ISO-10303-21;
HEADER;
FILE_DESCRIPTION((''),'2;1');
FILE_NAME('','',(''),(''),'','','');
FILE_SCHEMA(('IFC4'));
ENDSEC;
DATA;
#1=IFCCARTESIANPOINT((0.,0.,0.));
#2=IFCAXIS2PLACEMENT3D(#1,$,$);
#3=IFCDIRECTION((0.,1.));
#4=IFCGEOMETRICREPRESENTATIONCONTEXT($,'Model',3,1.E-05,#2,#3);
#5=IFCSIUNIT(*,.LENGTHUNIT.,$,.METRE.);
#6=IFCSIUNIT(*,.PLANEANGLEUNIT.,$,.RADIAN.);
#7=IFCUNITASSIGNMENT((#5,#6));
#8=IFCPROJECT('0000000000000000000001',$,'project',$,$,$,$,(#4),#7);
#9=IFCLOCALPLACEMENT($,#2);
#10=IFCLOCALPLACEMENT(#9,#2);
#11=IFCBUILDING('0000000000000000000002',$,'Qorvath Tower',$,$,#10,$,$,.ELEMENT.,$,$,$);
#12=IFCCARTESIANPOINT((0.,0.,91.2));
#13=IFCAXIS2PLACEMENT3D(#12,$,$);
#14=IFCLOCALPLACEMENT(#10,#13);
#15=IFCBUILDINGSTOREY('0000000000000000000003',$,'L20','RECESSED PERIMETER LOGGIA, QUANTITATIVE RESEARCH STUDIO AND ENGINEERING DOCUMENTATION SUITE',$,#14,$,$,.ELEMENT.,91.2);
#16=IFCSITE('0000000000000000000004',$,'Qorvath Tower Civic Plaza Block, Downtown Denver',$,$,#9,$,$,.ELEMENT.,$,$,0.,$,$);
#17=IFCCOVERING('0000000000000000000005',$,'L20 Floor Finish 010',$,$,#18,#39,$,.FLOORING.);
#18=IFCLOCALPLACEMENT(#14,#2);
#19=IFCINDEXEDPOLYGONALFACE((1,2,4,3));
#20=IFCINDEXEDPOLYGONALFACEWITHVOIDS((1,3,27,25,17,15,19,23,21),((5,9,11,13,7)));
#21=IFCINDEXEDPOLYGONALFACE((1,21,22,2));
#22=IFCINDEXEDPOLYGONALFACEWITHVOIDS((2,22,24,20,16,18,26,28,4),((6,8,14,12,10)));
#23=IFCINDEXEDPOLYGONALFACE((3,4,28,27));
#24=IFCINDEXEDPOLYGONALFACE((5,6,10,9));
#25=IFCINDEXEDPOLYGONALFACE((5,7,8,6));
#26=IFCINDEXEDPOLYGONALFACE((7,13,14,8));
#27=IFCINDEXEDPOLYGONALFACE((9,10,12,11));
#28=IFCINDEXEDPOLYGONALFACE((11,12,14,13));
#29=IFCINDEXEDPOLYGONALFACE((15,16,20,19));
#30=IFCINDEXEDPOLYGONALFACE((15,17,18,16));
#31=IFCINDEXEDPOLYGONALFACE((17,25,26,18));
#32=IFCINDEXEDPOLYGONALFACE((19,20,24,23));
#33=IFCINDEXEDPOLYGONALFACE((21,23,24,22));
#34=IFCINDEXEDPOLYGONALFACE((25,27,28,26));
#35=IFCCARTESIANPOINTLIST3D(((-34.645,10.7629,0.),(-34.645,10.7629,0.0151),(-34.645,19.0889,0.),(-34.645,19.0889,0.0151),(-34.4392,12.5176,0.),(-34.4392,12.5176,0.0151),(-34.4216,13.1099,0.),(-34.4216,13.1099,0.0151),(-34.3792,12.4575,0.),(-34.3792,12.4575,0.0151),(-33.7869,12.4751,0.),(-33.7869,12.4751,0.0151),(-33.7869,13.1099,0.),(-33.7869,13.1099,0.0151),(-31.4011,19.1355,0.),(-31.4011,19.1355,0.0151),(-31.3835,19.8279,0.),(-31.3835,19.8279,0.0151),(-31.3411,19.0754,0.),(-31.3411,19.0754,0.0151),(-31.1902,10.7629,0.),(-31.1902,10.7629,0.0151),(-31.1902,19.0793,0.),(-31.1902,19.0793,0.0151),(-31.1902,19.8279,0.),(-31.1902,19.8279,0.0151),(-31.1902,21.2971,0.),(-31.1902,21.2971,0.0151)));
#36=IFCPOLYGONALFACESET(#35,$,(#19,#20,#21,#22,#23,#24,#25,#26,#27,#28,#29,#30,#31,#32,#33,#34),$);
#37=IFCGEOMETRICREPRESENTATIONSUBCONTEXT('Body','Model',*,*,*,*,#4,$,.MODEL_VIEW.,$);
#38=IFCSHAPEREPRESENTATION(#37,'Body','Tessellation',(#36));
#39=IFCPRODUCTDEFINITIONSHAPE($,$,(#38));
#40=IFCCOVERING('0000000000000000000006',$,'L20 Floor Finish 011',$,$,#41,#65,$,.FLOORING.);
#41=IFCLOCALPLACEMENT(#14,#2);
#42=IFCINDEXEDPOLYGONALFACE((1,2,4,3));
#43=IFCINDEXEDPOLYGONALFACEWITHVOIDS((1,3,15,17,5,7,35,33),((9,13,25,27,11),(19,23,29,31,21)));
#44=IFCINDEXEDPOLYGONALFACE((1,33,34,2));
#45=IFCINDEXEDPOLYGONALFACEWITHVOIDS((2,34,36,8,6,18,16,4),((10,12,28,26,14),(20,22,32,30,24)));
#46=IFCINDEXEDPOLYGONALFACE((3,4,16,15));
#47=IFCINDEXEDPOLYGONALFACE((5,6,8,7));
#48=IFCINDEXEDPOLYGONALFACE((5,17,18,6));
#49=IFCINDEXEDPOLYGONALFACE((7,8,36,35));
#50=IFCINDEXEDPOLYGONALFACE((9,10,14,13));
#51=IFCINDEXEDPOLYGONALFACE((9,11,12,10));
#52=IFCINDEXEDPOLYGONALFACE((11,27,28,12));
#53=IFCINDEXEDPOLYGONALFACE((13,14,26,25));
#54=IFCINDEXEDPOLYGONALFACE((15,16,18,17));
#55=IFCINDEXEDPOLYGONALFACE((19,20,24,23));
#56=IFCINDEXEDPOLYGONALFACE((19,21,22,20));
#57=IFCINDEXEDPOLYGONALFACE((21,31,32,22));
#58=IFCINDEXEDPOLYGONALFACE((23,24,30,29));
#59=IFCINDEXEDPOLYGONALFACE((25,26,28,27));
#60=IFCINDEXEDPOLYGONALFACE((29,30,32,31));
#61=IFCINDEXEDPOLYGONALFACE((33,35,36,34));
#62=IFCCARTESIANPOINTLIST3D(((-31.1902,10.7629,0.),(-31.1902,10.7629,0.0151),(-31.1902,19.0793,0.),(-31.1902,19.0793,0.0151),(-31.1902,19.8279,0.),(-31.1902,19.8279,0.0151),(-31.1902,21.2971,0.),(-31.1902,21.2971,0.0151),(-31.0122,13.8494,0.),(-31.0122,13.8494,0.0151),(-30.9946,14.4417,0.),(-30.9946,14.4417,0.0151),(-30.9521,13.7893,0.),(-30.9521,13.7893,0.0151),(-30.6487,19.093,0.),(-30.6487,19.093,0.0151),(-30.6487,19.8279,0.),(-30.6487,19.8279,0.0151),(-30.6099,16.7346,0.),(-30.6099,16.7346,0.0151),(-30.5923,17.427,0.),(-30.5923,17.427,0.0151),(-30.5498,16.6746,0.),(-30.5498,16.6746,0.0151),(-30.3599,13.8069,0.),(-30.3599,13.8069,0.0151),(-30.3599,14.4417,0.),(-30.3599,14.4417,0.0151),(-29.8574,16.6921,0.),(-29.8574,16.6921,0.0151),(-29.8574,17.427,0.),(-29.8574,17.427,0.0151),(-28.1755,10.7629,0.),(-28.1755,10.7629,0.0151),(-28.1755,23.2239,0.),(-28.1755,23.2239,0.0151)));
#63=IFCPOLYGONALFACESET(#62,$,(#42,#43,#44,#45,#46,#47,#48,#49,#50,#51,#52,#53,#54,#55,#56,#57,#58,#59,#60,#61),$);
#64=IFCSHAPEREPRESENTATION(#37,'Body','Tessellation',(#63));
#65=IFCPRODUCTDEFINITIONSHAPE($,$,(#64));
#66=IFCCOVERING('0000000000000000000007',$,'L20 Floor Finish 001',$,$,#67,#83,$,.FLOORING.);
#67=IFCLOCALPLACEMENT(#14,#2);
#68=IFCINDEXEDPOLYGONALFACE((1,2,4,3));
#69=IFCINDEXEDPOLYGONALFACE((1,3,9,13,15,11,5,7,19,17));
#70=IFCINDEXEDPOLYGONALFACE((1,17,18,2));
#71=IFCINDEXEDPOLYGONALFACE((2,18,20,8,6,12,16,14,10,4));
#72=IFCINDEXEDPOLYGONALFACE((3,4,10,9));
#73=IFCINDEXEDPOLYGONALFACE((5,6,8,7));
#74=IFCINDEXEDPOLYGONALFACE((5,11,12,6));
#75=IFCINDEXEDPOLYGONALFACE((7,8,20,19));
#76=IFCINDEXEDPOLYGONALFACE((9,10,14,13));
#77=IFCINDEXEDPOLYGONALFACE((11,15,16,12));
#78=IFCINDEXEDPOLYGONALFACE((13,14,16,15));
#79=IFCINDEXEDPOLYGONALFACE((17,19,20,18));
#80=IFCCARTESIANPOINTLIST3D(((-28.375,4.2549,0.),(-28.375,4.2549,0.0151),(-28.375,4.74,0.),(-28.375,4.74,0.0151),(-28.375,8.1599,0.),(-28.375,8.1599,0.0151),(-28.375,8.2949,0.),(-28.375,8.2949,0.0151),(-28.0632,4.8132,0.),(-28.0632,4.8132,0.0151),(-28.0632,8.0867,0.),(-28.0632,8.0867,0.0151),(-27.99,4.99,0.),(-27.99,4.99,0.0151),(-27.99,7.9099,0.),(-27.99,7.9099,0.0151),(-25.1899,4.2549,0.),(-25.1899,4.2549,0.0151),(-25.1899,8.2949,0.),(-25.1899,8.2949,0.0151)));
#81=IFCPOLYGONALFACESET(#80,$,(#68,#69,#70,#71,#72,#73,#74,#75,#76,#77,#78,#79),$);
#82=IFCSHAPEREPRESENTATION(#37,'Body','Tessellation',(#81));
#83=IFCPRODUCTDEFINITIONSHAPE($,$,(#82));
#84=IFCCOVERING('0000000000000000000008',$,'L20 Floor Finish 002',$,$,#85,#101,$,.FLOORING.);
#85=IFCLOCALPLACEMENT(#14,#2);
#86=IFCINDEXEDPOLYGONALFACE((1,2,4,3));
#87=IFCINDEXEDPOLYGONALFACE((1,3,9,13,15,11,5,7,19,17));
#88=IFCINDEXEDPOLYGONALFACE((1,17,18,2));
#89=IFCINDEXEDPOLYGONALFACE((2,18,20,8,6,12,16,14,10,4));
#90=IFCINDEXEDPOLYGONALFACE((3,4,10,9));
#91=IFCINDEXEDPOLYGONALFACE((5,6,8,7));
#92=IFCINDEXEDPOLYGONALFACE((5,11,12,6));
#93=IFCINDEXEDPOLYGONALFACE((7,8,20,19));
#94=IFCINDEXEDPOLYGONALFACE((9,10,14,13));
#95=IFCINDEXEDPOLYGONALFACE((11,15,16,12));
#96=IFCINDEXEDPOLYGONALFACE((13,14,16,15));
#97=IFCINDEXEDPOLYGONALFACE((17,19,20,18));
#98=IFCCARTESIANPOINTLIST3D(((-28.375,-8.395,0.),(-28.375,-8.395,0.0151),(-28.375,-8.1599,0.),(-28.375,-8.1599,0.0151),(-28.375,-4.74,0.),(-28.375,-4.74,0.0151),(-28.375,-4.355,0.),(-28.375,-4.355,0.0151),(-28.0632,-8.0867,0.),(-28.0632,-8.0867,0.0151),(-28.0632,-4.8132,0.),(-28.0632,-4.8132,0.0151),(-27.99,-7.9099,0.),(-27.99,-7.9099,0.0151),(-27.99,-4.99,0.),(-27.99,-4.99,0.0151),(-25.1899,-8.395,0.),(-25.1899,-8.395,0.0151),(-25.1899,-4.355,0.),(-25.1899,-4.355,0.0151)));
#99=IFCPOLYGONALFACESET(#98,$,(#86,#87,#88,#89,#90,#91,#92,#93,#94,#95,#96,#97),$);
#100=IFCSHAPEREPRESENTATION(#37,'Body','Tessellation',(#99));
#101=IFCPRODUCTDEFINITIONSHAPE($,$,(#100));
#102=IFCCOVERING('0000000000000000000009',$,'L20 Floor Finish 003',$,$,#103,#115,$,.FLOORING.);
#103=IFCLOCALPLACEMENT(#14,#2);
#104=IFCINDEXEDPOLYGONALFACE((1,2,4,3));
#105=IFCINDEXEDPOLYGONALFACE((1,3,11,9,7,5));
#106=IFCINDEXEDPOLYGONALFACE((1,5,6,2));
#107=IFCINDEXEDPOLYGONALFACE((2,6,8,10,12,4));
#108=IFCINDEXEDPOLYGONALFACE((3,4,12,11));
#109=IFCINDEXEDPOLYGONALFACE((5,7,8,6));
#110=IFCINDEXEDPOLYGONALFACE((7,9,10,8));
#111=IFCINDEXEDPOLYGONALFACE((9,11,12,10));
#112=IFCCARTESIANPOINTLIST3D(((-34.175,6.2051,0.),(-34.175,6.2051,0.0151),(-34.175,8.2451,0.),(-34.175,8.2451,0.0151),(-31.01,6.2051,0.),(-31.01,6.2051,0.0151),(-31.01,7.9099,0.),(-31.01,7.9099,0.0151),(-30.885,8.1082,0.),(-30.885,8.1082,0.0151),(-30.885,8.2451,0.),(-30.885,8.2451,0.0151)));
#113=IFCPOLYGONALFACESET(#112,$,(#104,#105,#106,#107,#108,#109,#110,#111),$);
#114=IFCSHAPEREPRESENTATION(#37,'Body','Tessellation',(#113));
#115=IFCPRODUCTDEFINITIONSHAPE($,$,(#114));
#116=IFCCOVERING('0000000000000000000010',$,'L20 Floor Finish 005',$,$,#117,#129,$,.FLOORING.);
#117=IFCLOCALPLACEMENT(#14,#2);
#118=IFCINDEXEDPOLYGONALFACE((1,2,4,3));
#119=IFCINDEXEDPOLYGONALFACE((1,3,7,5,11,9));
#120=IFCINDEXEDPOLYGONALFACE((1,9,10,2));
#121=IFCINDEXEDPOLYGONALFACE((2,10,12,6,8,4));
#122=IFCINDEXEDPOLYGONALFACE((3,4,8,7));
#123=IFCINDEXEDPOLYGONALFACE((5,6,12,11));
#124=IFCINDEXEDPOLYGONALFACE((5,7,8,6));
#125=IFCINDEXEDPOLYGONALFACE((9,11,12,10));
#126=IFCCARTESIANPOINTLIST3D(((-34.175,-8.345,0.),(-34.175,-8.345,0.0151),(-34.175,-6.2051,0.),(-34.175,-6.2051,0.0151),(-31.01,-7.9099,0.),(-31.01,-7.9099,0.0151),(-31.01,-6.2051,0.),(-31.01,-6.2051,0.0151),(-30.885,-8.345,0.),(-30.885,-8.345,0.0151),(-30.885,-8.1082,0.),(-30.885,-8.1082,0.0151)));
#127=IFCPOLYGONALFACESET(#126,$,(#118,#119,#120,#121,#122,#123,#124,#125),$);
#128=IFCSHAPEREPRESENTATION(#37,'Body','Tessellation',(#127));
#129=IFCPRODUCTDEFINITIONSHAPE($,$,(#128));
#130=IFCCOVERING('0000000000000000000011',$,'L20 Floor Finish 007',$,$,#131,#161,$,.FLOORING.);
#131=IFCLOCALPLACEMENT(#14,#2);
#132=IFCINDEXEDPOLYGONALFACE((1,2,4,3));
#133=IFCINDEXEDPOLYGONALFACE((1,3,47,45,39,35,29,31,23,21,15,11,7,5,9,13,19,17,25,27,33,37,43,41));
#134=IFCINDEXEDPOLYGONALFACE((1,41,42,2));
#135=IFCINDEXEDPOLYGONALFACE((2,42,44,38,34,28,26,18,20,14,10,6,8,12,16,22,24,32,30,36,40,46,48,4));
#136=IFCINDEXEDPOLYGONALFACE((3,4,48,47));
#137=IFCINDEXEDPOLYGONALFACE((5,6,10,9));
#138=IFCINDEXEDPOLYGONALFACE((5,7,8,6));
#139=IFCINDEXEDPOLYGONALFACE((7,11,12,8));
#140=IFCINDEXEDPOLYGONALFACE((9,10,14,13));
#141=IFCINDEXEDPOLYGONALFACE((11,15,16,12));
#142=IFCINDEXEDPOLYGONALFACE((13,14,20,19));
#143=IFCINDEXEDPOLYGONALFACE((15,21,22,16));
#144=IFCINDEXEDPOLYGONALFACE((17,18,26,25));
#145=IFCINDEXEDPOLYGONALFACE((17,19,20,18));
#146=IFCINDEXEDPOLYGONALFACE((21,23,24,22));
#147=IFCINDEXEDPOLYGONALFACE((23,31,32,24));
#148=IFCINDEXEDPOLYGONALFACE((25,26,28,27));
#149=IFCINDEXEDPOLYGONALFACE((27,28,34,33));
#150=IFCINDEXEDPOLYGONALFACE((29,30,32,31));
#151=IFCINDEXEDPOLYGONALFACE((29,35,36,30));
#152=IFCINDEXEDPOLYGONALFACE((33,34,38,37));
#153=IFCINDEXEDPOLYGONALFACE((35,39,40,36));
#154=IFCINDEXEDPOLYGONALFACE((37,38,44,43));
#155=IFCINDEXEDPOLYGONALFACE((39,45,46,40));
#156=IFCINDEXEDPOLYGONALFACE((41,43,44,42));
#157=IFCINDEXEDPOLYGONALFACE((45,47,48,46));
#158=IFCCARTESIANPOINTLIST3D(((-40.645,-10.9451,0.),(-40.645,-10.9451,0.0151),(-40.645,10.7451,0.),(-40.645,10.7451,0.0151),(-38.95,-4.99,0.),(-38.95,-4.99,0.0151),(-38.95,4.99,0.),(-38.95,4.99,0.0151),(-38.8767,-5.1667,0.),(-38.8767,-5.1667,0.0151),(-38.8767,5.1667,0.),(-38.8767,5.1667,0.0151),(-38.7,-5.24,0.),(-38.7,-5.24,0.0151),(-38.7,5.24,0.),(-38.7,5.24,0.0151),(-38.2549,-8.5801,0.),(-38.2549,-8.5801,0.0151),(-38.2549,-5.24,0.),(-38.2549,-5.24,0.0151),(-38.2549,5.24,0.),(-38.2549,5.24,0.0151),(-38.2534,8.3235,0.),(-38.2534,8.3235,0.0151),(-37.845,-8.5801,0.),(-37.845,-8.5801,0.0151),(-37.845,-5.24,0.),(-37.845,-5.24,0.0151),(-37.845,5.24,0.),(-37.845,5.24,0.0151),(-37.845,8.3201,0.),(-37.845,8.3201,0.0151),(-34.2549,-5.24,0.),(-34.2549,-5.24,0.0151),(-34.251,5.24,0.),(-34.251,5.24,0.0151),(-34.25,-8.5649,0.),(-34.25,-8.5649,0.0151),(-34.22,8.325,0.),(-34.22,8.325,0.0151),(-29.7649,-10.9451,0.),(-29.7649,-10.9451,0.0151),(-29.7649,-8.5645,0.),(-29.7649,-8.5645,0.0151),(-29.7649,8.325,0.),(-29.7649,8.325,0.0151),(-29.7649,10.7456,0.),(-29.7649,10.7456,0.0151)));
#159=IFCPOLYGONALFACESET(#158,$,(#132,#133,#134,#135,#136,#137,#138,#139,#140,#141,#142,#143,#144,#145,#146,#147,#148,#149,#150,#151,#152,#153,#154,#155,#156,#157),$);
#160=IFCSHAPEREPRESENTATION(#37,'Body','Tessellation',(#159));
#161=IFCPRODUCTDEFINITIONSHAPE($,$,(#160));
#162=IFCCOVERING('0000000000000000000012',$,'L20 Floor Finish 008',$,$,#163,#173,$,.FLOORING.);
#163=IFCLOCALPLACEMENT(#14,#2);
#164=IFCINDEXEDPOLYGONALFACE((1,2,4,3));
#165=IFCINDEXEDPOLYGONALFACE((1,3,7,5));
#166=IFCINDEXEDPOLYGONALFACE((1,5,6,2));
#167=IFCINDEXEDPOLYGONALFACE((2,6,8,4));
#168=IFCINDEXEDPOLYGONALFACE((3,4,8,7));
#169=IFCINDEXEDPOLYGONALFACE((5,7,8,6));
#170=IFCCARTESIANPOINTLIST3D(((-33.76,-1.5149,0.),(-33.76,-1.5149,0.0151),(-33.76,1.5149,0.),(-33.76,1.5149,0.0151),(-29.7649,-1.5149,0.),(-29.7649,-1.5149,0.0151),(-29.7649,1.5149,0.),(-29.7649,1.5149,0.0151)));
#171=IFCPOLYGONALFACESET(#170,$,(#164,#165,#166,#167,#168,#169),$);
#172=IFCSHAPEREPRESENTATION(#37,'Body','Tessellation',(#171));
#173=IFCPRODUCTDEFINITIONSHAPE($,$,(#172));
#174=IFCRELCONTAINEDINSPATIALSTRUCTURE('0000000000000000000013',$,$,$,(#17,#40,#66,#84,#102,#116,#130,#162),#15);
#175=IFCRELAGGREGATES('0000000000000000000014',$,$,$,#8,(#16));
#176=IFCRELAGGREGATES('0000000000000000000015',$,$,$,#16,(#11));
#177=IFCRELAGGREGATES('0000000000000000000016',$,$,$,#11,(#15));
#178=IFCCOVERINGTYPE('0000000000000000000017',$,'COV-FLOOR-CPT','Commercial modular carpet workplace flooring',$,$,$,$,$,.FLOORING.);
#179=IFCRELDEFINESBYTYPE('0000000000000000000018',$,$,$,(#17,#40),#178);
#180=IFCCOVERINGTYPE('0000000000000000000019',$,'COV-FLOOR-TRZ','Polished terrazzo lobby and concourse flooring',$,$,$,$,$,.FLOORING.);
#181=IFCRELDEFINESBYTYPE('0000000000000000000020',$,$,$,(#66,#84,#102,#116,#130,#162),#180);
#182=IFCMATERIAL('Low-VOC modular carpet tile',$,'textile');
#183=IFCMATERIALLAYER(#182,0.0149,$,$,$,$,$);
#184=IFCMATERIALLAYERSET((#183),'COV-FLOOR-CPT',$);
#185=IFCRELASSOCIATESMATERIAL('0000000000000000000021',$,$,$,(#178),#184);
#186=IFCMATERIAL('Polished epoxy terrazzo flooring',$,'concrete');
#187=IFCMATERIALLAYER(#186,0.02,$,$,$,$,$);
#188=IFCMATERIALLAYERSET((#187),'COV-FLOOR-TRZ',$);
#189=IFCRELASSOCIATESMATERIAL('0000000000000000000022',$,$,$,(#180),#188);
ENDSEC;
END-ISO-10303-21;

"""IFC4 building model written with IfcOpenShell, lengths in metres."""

from ifc_helpers import new_model, si_unit, direction, frame, origin, place, context, subcontext, project, spatial, polyline, outline, extrude, material, layer, layer_set, type_object, element, save


model = new_model("IFC4")

# Units and contexts
model_context = context("Model", 3, precision=1e-05, world=origin(), true_north=direction((0.0, 1.0)))
body_context = subcontext(model_context, "Body", "Model", "MODEL_VIEW")
ifc_project = project(units=[si_unit("LENGTHUNIT", "METRE"), si_unit("PLANEANGLEUNIT", "RADIAN")], contexts=[model_context])

# Site, building, storey
site_placement = place(None, origin())
site = spatial("IfcSite", under=ifc_project, at=site_placement, Name="Qorvath Tower Civic Plaza Block, Downtown Denver", CompositionType="ELEMENT", RefElevation=0.0)
building_placement = place(site_placement, origin())
building = spatial("IfcBuilding", under=site, at=building_placement, Name="Qorvath Tower", CompositionType="ELEMENT")
storey_placement = place(building_placement, frame((0.0, 0.0, 91.2)))
storey = spatial("IfcBuildingStorey", under=building, at=storey_placement, Name="L20", Description="RECESSED PERIMETER LOGGIA, QUANTITATIVE RESEARCH STUDIO AND ENGINEERING DOCUMENTATION SUITE", CompositionType="ELEMENT", Elevation=91.2)

# Coverings
ifc_material_1 = material(Name="Low-VOC modular carpet tile", Category="textile")
ifc_layer_1 = layer(ifc_material_1, 0.0149)
ifc_layer_set_1 = layer_set([ifc_layer_1], Name="COV-FLOOR-CPT")
covering_type_1 = type_object("IfcCoveringType", Name="COV-FLOOR-CPT", Description="Commercial modular carpet workplace flooring", PredefinedType="FLOORING", material=ifc_layer_set_1)
covering_1_placement = place(storey_placement, origin())
element("IfcCovering", 1, at=covering_1_placement, inside=storey, type_object=covering_type_1, Name="L20 Floor Finish 010", PredefinedType="FLOORING", context=body_context, shape_type="SweptSolid", body=[
    extrude(outline(polyline([(-31.1902, 10.7629), (-31.1902, 19.0793), (-31.3411, 19.0754), (-31.4011, 19.1355), (-31.3835, 19.8279), (-31.1902, 19.8279), (-31.1902, 21.2971), (-34.645, 19.0889), (-34.645, 10.7629), (-31.1902, 10.7629)]), holes=[polyline([(-34.4392, 12.5176), (-34.4216, 13.1099), (-33.7869, 13.1099), (-33.7869, 12.4751), (-34.3792, 12.4575), (-34.4392, 12.5176)])]), origin(), (0.0, 0.0, 1.0), 0.0151),
])
covering_2_placement = place(storey_placement, origin())
element("IfcCovering", 2, at=covering_2_placement, inside=storey, type_object=covering_type_1, Name="L20 Floor Finish 011", PredefinedType="FLOORING", context=body_context, shape_type="SweptSolid", body=[
    extrude(outline(polyline([(-28.1755, 10.7629), (-28.1755, 23.2239), (-31.1902, 21.2971), (-31.1902, 19.8279), (-30.6487, 19.8279), (-30.6487, 19.093), (-31.1902, 19.0793), (-31.1902, 10.7629), (-28.1755, 10.7629)]), holes=[polyline([(-30.6099, 16.7346), (-30.5923, 17.427), (-29.8574, 17.427), (-29.8574, 16.6921), (-30.5498, 16.6746), (-30.6099, 16.7346)]), polyline([(-31.0122, 13.8494), (-30.9946, 14.4417), (-30.3599, 14.4417), (-30.3599, 13.8069), (-30.9521, 13.7893), (-31.0122, 13.8494)])]), origin(), (0.0, 0.0, 1.0), 0.0151),
])
ifc_material_2 = material(Name="Polished epoxy terrazzo flooring", Category="concrete")
ifc_layer_2 = layer(ifc_material_2, 0.02)
ifc_layer_set_2 = layer_set([ifc_layer_2], Name="COV-FLOOR-TRZ")
covering_type_2 = type_object("IfcCoveringType", Name="COV-FLOOR-TRZ", Description="Polished terrazzo lobby and concourse flooring", PredefinedType="FLOORING", material=ifc_layer_set_2)
covering_3_placement = place(storey_placement, origin())
element("IfcCovering", 3, at=covering_3_placement, inside=storey, type_object=covering_type_2, Name="L20 Floor Finish 001", PredefinedType="FLOORING", context=body_context, shape_type="SweptSolid", body=[
    extrude(outline(polyline([(-25.1899, 4.2549), (-25.1899, 8.2949), (-28.375, 8.2949), (-28.375, 8.1599), (-28.0632, 8.0867), (-27.99, 7.9099), (-27.99, 4.99), (-28.0632, 4.8132), (-28.375, 4.74), (-28.375, 4.2549), (-25.1899, 4.2549)])), origin(), (0.0, 0.0, 1.0), 0.0151),
])
covering_4_placement = place(storey_placement, origin())
element("IfcCovering", 4, at=covering_4_placement, inside=storey, type_object=covering_type_2, Name="L20 Floor Finish 002", PredefinedType="FLOORING", context=body_context, shape_type="SweptSolid", body=[
    extrude(outline(polyline([(-25.1899, -8.395), (-25.1899, -4.355), (-28.375, -4.355), (-28.375, -4.74), (-28.0632, -4.8132), (-27.99, -4.99), (-27.99, -7.9099), (-28.0632, -8.0867), (-28.375, -8.1599), (-28.375, -8.395), (-25.1899, -8.395)])), origin(), (0.0, 0.0, 1.0), 0.0151),
])
covering_5_placement = place(storey_placement, origin())
element("IfcCovering", 5, at=covering_5_placement, inside=storey, type_object=covering_type_2, Name="L20 Floor Finish 003", PredefinedType="FLOORING", context=body_context, shape_type="SweptSolid", body=[
    extrude(outline(polyline([(-31.01, 6.2051), (-31.01, 7.9099), (-30.885, 8.1082), (-30.885, 8.2451), (-34.175, 8.2451), (-34.175, 6.2051), (-31.01, 6.2051)])), origin(), (0.0, 0.0, 1.0), 0.0151),
])
covering_6_placement = place(storey_placement, origin())
element("IfcCovering", 6, at=covering_6_placement, inside=storey, type_object=covering_type_2, Name="L20 Floor Finish 005", PredefinedType="FLOORING", context=body_context, shape_type="SweptSolid", body=[
    extrude(outline(polyline([(-30.885, -8.345), (-30.885, -8.1082), (-31.01, -7.9099), (-31.01, -6.2051), (-34.175, -6.2051), (-34.175, -8.345), (-30.885, -8.345)])), origin(), (0.0, 0.0, 1.0), 0.0151),
])
covering_7_placement = place(storey_placement, origin())
element("IfcCovering", 7, at=covering_7_placement, inside=storey, type_object=covering_type_2, Name="L20 Floor Finish 007", PredefinedType="FLOORING", context=body_context, shape_type="SweptSolid", body=[
    extrude(outline(polyline([(-29.7649, -10.9451), (-29.7649, -8.5645), (-34.25, -8.5649), (-34.2549, -5.24), (-37.845, -5.24), (-37.845, -8.5801), (-38.2549, -8.5801), (-38.2549, -5.24), (-38.7, -5.24), (-38.8767, -5.1667), (-38.95, -4.99), (-38.95, 4.99), (-38.8767, 5.1667), (-38.7, 5.24), (-38.2549, 5.24), (-38.2534, 8.3235), (-37.845, 8.3201), (-37.845, 5.24), (-34.251, 5.24), (-34.22, 8.325), (-29.7649, 8.325), (-29.7649, 10.7456), (-40.645, 10.7451), (-40.645, -10.9451), (-29.7649, -10.9451)])), origin(), (0.0, 0.0, 1.0), 0.0151),
])
covering_8_placement = place(storey_placement, origin())
element("IfcCovering", 8, at=covering_8_placement, inside=storey, type_object=covering_type_2, Name="L20 Floor Finish 008", PredefinedType="FLOORING", context=body_context, shape_type="SweptSolid", body=[
    extrude(outline(polyline([(-29.7649, -1.5149), (-29.7649, 1.5149), (-33.76, 1.5149), (-33.76, -1.5149), (-29.7649, -1.5149)])), origin(), (0.0, 0.0, 1.0), 0.0151),
])

save(model, "model.ifc")
